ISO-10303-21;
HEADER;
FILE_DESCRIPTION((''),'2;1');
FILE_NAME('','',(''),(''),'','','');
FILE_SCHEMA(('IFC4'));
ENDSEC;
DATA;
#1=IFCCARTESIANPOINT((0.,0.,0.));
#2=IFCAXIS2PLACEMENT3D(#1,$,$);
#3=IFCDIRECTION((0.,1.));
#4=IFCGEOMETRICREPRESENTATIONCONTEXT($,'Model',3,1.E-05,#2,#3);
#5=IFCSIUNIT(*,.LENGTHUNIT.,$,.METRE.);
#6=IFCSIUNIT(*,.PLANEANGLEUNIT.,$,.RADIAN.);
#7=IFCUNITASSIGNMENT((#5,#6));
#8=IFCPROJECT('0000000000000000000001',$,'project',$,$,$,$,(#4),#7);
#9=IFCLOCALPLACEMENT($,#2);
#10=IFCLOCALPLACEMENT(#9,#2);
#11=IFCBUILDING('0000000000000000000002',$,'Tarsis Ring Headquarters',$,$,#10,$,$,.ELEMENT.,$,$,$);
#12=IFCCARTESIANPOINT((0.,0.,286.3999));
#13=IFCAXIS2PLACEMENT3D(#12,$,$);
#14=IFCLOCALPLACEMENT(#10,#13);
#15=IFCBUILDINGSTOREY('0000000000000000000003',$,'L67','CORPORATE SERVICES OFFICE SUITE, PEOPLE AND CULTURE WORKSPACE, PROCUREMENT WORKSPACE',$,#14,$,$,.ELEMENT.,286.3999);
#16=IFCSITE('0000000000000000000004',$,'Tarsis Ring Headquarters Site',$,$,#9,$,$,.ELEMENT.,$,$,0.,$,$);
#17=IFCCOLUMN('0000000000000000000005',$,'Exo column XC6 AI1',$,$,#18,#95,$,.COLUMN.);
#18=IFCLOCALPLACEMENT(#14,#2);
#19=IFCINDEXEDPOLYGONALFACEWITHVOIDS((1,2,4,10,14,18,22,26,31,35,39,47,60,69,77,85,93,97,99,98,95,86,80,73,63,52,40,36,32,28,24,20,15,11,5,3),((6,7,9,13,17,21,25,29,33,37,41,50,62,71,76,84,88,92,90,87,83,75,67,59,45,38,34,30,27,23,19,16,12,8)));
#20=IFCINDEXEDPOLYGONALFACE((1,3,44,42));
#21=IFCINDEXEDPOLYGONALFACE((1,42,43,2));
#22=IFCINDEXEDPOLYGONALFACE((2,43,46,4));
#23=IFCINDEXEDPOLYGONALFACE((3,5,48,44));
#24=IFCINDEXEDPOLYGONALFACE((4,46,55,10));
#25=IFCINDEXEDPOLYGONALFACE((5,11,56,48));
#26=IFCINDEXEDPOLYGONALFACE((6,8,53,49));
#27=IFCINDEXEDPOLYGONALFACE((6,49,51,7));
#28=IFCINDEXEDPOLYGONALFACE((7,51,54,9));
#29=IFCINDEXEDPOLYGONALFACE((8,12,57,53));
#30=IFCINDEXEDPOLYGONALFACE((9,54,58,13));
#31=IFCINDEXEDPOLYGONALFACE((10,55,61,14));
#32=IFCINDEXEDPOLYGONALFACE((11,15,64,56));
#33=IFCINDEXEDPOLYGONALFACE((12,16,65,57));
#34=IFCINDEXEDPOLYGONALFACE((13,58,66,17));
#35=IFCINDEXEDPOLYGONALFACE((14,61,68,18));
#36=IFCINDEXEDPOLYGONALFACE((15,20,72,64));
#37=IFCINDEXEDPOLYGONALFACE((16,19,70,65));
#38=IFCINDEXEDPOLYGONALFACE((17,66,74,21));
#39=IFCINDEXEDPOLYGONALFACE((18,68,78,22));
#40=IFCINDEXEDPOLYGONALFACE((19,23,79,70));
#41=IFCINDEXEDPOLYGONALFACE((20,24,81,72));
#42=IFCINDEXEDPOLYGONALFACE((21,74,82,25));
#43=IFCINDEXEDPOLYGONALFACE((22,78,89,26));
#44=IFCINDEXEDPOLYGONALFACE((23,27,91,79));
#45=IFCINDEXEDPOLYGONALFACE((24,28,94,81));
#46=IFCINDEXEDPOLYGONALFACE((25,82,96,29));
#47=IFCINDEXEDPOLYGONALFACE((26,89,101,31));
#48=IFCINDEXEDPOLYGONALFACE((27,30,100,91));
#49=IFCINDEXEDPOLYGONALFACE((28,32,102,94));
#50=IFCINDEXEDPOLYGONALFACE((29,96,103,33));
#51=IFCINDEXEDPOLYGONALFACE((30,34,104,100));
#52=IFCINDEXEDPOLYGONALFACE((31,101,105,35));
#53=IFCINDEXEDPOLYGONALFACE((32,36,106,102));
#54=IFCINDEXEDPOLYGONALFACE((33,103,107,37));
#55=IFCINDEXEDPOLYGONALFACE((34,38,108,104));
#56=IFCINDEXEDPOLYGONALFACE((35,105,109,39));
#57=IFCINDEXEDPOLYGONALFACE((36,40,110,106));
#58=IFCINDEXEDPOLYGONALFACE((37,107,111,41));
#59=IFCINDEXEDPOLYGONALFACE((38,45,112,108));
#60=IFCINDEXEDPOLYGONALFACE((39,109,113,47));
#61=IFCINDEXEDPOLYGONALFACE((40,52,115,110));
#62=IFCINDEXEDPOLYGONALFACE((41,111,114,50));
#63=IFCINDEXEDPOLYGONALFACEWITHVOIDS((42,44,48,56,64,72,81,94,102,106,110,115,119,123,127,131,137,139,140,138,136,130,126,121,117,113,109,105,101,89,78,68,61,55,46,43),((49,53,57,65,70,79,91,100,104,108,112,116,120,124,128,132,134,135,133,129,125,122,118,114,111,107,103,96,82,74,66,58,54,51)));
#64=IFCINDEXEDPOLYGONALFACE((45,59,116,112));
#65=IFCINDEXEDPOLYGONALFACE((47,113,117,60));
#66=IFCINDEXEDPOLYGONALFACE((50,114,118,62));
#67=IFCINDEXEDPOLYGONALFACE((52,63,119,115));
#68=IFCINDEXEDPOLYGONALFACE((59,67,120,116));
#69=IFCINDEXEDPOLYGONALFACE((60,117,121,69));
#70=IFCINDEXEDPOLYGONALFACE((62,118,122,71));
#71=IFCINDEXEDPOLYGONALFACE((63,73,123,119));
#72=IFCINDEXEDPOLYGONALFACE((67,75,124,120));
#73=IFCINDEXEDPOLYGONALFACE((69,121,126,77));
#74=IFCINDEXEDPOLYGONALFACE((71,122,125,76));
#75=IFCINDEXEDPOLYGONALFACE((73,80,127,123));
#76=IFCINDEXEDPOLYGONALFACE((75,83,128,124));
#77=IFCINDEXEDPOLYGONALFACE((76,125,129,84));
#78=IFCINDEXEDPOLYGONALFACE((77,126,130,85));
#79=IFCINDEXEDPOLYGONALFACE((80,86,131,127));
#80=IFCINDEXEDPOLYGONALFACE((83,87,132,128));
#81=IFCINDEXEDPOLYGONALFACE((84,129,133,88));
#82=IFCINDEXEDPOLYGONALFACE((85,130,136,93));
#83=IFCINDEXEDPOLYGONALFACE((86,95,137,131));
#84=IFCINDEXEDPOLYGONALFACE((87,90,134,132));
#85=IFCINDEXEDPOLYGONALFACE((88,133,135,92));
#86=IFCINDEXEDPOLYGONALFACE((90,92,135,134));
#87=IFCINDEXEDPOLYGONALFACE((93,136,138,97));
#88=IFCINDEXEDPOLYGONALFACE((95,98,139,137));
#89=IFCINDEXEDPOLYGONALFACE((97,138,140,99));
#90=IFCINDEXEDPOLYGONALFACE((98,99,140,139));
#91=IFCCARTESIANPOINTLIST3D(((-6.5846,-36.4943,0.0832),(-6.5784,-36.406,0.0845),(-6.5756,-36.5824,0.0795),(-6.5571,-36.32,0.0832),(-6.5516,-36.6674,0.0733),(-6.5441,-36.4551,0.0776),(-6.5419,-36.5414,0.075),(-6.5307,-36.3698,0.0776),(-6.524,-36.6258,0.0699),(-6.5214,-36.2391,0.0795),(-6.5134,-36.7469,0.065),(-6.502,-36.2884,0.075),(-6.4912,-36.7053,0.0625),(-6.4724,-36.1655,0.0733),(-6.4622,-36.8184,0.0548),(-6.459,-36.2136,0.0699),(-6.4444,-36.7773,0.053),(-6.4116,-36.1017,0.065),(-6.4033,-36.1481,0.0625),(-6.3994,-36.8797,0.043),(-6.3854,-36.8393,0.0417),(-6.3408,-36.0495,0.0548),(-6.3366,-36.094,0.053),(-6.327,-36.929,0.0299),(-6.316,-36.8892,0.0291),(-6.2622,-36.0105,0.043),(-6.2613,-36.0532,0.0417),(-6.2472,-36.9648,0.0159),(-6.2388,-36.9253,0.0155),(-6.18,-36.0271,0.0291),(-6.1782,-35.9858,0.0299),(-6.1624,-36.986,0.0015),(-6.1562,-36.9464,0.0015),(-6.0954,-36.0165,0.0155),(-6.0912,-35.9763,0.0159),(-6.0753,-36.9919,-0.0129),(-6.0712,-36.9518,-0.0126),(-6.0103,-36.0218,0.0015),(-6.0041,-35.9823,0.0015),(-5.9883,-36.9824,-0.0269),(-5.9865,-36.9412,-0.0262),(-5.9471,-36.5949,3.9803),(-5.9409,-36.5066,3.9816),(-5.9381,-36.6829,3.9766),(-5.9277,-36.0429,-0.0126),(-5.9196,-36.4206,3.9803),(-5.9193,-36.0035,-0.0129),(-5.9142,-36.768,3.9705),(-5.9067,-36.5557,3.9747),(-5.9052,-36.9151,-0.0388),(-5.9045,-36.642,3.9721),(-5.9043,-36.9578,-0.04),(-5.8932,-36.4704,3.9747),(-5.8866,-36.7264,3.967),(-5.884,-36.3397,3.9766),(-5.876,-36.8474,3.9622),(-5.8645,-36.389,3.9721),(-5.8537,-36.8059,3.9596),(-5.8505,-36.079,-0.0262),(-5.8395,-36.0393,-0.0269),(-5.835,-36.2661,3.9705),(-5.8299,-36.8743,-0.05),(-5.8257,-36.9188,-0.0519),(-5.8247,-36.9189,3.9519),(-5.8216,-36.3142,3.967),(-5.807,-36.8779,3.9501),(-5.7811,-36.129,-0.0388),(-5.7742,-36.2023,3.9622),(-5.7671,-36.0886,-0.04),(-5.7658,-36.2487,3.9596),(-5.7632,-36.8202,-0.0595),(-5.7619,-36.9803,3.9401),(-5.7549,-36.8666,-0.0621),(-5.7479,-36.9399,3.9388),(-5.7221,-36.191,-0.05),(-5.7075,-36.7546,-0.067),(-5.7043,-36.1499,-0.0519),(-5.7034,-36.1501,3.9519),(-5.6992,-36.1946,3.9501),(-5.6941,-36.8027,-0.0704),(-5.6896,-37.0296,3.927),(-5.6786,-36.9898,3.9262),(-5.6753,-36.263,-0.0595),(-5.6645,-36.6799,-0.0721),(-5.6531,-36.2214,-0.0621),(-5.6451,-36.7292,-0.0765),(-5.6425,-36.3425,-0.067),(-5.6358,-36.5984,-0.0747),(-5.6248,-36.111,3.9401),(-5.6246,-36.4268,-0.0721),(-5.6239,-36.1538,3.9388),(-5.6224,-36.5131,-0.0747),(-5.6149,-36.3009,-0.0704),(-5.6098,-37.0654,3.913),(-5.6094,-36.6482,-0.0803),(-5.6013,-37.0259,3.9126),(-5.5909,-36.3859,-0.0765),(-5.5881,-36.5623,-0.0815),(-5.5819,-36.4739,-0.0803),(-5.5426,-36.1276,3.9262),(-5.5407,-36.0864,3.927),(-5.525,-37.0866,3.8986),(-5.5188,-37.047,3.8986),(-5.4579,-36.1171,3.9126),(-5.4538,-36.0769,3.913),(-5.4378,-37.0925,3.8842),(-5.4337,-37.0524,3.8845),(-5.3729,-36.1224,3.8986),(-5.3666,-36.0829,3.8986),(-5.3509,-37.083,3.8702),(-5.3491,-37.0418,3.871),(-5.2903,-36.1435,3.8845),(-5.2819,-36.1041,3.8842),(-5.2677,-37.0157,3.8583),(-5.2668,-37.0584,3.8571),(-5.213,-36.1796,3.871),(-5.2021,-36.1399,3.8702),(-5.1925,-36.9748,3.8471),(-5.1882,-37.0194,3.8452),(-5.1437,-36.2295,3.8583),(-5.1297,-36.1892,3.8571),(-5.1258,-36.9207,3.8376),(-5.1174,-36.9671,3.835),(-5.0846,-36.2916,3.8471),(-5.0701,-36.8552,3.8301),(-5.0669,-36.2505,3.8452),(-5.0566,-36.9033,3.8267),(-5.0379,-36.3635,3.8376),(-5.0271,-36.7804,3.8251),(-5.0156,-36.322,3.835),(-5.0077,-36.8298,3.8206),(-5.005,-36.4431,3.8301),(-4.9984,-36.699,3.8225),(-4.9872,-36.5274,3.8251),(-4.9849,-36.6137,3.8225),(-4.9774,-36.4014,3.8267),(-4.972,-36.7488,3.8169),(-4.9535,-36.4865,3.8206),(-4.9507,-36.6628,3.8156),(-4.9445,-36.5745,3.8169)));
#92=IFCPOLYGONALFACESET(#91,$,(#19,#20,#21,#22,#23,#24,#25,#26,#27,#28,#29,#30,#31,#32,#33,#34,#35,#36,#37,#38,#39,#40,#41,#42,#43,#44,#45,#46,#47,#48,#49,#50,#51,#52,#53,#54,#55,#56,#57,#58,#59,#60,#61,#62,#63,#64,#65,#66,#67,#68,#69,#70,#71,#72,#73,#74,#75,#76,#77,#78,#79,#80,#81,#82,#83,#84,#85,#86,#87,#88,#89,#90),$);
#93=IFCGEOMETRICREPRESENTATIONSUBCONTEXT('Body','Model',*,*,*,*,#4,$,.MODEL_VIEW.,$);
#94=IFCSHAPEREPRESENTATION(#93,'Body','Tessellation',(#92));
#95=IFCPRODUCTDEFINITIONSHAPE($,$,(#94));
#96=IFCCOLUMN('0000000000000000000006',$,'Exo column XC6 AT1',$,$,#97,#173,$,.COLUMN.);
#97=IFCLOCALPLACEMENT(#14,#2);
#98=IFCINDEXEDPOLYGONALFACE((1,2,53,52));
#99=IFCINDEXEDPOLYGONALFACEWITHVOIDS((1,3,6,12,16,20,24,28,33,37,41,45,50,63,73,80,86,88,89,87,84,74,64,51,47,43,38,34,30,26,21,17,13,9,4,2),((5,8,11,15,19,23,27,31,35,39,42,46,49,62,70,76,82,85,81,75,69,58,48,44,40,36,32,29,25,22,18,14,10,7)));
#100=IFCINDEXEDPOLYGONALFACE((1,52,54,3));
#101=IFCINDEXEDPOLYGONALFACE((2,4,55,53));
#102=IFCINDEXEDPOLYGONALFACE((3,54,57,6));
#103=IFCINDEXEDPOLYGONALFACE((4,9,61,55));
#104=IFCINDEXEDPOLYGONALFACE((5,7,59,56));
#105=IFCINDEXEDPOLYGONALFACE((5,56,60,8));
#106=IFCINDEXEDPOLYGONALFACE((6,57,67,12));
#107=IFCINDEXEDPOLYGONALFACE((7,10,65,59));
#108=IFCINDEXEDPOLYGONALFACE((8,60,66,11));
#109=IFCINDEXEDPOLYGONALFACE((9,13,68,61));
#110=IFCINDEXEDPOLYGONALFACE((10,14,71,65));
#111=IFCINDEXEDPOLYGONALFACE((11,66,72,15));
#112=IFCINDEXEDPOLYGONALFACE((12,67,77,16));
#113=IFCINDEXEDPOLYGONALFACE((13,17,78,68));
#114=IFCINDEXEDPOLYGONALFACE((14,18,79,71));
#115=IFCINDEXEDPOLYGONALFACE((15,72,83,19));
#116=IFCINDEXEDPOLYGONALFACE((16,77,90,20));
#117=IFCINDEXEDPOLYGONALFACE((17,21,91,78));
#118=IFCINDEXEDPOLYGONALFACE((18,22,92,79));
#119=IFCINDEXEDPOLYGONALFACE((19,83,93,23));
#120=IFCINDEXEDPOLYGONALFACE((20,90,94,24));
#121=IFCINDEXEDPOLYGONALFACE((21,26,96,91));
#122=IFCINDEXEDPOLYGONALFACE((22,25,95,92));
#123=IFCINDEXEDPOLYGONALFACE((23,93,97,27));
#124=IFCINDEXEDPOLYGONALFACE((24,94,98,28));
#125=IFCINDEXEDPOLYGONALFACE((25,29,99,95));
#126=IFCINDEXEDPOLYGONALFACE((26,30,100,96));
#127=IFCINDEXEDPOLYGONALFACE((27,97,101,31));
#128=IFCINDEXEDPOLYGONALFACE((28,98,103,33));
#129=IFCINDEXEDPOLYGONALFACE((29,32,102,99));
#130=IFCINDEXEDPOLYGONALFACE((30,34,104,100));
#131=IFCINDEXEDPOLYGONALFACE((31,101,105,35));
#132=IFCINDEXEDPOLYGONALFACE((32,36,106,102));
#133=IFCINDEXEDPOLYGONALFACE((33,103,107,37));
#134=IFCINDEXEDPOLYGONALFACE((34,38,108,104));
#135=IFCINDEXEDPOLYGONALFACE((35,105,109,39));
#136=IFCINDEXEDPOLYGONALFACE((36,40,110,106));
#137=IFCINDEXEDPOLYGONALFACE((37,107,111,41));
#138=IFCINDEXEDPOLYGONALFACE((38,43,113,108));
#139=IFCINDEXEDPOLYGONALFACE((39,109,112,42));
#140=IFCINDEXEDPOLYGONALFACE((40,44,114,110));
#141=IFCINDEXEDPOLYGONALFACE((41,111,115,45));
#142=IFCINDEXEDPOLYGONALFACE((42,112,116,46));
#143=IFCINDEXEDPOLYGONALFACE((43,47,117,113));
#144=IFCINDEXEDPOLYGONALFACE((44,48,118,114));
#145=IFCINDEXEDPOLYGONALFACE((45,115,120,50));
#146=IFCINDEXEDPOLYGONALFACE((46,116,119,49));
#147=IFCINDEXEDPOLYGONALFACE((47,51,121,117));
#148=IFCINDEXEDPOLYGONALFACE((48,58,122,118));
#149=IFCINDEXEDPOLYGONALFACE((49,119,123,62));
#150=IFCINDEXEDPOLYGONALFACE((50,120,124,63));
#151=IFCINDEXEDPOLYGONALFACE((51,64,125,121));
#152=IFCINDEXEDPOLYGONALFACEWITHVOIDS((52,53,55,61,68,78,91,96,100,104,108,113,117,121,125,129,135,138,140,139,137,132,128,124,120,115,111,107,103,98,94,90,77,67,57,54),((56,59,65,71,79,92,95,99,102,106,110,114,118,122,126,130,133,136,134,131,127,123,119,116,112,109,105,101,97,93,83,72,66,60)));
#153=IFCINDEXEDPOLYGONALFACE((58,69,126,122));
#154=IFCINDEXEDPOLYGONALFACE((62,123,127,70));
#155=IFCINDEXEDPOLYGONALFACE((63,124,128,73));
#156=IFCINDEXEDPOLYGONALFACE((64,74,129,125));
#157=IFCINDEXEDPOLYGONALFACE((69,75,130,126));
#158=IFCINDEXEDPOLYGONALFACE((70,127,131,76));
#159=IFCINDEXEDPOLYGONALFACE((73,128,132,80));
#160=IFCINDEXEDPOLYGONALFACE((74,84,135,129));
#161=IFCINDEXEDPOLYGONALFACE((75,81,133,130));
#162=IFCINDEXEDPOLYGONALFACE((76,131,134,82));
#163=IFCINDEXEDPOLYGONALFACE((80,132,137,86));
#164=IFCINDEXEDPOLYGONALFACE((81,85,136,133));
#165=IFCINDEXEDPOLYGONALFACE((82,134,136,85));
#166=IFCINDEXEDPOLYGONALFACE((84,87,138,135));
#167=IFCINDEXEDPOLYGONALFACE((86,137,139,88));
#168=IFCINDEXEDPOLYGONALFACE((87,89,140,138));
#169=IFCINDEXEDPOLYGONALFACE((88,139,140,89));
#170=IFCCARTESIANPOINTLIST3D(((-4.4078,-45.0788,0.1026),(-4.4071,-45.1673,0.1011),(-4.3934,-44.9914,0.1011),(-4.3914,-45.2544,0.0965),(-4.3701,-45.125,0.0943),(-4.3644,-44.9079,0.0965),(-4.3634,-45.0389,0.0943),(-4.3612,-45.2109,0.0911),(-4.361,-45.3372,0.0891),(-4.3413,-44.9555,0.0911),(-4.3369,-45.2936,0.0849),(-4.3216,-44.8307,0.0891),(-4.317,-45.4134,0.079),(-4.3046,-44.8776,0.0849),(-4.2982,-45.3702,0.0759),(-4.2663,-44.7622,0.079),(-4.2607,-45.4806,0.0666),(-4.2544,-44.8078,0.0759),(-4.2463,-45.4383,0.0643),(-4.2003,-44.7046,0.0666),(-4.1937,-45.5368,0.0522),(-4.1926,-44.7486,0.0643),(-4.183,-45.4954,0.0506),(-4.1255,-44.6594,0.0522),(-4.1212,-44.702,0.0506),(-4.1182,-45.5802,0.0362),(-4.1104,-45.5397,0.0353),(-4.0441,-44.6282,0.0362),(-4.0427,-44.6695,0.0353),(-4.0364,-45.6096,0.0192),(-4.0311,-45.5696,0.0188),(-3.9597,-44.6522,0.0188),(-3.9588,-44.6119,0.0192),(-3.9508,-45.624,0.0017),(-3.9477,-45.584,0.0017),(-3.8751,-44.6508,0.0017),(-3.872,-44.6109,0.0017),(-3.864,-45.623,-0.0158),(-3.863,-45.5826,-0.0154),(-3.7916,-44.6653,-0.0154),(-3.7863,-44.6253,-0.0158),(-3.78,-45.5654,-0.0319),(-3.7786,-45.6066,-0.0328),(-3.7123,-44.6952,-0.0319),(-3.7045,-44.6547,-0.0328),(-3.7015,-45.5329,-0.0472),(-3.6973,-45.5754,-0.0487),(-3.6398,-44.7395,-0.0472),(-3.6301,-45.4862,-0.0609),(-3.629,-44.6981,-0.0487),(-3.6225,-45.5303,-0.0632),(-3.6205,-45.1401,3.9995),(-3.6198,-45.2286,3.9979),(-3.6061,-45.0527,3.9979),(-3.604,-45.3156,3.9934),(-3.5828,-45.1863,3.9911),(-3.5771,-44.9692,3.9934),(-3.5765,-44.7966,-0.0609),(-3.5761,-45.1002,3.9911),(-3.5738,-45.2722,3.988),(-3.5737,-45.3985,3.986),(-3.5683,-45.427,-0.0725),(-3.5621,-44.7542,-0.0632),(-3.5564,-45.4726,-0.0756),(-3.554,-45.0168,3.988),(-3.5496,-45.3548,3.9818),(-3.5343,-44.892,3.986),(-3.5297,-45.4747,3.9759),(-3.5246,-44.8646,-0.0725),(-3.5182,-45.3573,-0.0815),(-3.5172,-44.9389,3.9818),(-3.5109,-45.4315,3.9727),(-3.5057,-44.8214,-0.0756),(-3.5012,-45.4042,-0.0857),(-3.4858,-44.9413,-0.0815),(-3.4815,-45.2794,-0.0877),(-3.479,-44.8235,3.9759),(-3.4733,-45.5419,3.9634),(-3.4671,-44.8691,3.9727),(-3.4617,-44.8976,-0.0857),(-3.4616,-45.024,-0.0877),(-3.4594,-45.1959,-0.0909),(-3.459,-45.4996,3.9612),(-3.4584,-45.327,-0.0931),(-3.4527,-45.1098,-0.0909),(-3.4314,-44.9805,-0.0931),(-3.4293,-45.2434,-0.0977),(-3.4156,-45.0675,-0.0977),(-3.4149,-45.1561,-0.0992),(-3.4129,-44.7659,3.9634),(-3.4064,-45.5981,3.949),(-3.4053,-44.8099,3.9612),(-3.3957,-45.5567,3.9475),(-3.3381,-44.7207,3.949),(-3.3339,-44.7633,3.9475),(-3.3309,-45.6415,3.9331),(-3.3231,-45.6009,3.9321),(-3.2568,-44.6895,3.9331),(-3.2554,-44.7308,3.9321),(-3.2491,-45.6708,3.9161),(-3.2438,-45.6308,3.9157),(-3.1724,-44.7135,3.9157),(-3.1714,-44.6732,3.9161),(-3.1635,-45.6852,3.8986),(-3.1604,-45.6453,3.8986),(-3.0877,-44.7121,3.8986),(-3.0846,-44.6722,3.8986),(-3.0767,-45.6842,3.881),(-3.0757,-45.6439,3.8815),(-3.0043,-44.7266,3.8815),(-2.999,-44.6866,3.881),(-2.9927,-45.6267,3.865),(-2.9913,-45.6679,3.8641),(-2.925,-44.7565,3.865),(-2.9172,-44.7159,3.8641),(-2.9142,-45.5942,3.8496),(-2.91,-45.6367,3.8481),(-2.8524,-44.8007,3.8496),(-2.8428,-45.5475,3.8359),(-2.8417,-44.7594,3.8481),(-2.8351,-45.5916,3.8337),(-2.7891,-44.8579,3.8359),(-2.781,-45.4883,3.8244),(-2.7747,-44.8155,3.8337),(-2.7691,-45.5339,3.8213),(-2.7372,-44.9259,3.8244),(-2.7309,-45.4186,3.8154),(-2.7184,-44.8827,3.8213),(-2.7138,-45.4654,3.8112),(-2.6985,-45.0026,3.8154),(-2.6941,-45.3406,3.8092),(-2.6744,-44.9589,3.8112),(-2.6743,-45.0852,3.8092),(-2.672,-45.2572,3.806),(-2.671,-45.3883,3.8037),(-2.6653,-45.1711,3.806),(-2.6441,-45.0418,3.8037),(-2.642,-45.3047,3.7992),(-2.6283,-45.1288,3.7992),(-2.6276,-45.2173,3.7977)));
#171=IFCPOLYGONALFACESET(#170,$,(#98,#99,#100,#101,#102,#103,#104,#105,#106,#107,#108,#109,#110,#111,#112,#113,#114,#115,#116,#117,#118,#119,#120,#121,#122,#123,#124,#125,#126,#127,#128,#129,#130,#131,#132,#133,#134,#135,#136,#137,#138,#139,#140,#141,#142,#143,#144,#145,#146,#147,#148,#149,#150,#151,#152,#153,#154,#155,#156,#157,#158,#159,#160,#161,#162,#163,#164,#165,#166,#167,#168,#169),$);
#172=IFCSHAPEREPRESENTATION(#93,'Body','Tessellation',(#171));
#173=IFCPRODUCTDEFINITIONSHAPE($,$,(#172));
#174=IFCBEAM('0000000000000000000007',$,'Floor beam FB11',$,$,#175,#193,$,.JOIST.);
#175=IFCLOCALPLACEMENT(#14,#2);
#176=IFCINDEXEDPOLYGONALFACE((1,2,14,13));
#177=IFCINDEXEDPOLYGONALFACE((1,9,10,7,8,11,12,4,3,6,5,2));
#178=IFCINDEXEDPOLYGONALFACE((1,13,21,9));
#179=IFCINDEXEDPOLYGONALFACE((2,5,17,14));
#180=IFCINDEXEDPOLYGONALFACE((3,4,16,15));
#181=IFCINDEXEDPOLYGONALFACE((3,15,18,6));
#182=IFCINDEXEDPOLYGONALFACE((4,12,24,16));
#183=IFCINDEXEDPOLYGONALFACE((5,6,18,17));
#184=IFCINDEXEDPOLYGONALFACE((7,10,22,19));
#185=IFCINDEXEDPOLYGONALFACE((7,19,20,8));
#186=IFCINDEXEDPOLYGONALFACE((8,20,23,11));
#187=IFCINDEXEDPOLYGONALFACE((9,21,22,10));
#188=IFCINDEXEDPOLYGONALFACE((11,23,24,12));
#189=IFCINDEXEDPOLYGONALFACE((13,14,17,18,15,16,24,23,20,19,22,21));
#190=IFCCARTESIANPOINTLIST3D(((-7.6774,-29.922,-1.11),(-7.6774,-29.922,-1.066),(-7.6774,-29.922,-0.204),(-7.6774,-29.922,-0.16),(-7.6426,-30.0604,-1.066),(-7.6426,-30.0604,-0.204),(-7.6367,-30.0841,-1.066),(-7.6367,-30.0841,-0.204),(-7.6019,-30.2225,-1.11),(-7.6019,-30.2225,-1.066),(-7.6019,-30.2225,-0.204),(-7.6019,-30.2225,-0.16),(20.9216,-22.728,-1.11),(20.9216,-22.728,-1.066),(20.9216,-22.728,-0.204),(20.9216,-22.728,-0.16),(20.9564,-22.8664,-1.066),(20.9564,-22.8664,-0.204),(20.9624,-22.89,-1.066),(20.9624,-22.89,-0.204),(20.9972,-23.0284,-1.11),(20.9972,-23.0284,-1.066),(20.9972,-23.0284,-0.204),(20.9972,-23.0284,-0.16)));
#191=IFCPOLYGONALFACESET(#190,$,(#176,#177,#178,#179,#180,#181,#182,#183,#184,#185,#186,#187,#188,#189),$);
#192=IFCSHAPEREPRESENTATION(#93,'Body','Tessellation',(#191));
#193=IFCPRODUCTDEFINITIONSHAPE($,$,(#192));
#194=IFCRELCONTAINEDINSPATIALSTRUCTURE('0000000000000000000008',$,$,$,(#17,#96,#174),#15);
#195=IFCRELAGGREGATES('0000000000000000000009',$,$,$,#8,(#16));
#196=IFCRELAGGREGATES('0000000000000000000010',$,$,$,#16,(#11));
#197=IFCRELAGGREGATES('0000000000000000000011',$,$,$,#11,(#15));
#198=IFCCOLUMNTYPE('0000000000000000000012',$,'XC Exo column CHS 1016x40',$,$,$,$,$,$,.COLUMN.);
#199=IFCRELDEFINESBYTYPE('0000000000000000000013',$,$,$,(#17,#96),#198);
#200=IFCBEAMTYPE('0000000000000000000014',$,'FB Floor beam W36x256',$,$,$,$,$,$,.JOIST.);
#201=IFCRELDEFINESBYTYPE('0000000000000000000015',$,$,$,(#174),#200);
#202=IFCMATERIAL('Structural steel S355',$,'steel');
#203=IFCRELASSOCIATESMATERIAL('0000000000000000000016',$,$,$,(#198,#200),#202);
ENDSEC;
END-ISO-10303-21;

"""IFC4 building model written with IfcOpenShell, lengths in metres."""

from ifc_helpers import new_model, si_unit, direction, frame, origin, origin_2d, place, context, subcontext, project, spatial, hollow_circle, i_section, extrude, material, material_profile, profile_set, type_object, element, save


model = new_model("IFC4")

# Units and contexts
model_context = context("Model", 3, precision=1e-05, world=origin(), true_north=direction((0.0, 1.0)))
body_context = subcontext(model_context, "Body", "Model", "MODEL_VIEW")
ifc_project = project(units=[si_unit("LENGTHUNIT", "METRE"), si_unit("PLANEANGLEUNIT", "RADIAN")], contexts=[model_context])

# Site, building, storey
site_placement = place(None, origin())
site = spatial("IfcSite", under=ifc_project, at=site_placement, Name="Tarsis Ring Headquarters Site", CompositionType="ELEMENT", RefElevation=0.0)
building_placement = place(site_placement, origin())
building = spatial("IfcBuilding", under=site, at=building_placement, Name="Tarsis Ring Headquarters", CompositionType="ELEMENT")
storey_placement = place(building_placement, frame((0.0, 0.0, 286.3999)))
storey = spatial("IfcBuildingStorey", under=building, at=storey_placement, Name="L67", Description="CORPORATE SERVICES OFFICE SUITE, PEOPLE AND CULTURE WORKSPACE, PROCUREMENT WORKSPACE", CompositionType="ELEMENT", Elevation=286.3999)

# Columns
ifc_material_1 = material(Name="Structural steel S355", Category="steel")
ifc_material_profile_1 = material_profile(ifc_material_1, hollow_circle(Radius=0.5081, WallThickness=0.04, at=origin_2d()), Name="CHS 1016x40")
ifc_profile_set_1 = profile_set([ifc_material_profile_1], Name="Structural steel S355")
column_type = type_object("IfcColumnType", Name="XC Exo column CHS 1016x40", PredefinedType="COLUMN", material=ifc_profile_set_1)
column_1_placement = place(storey_placement, frame((-6.0833, -36.4841, 0.0015), z_axis=(0.161368, -0.025463, 0.986566), x_axis=(0.155865, 0.987778, 0.0)))
element("IfcColumn", 1, at=column_1_placement, inside=storey, type_object=column_type, Name="Exo column XC6 AI1", PredefinedType="COLUMN", context=body_context, shape_type="SweptSolid", body=[
    extrude(hollow_circle(Radius=0.5081, WallThickness=0.04, at=origin_2d()), origin(), (0.0, 0.0, 1.0), 3.9502),
])
column_2_placement = place(storey_placement, frame((-3.9114, -45.1174, 0.0017), z_axis=(0.198017, -0.015412, 0.980077), x_axis=(0.077595, 0.996985, 0.0)))
element("IfcColumn", 2, at=column_2_placement, inside=storey, type_object=column_type, Name="Exo column XC6 AT1", PredefinedType="COLUMN", context=body_context, shape_type="SweptSolid", body=[
    extrude(hollow_circle(Radius=0.5081, WallThickness=0.04, at=origin_2d()), origin(), (0.0, 0.0, 1.0), 3.9761),
])

# Beam
ifc_material_profile_2 = material_profile(ifc_material_1, i_section(OverallWidth=0.3098, OverallDepth=0.95, WebThickness=0.0244, FlangeThickness=0.0439, at=origin_2d()), Name="W36x256")
ifc_profile_set_2 = profile_set([ifc_material_profile_2], Name="Structural steel S355")
beam_type_1 = type_object("IfcBeamType", Name="FB Floor beam W36x256", PredefinedType="JOIST", material=ifc_profile_set_2)
beam_1_placement = place(storey_placement, frame((-7.6396, -30.0723, -0.635), z_axis=(0.969788, 0.24395, 0.0), x_axis=(-0.24395, 0.969788, 0.0)))
element("IfcBeam", 3, at=beam_1_placement, inside=storey, type_object=beam_type_1, Name="Floor beam FB11", PredefinedType="JOIST", context=body_context, shape_type="SweptSolid", body=[
    extrude(i_section(OverallWidth=0.3098, OverallDepth=0.95, WebThickness=0.0244, FlangeThickness=0.0439, at=origin_2d()), origin(), (0.0, 0.0, 1.0), 29.49),
])

save(model, "model.ifc")
